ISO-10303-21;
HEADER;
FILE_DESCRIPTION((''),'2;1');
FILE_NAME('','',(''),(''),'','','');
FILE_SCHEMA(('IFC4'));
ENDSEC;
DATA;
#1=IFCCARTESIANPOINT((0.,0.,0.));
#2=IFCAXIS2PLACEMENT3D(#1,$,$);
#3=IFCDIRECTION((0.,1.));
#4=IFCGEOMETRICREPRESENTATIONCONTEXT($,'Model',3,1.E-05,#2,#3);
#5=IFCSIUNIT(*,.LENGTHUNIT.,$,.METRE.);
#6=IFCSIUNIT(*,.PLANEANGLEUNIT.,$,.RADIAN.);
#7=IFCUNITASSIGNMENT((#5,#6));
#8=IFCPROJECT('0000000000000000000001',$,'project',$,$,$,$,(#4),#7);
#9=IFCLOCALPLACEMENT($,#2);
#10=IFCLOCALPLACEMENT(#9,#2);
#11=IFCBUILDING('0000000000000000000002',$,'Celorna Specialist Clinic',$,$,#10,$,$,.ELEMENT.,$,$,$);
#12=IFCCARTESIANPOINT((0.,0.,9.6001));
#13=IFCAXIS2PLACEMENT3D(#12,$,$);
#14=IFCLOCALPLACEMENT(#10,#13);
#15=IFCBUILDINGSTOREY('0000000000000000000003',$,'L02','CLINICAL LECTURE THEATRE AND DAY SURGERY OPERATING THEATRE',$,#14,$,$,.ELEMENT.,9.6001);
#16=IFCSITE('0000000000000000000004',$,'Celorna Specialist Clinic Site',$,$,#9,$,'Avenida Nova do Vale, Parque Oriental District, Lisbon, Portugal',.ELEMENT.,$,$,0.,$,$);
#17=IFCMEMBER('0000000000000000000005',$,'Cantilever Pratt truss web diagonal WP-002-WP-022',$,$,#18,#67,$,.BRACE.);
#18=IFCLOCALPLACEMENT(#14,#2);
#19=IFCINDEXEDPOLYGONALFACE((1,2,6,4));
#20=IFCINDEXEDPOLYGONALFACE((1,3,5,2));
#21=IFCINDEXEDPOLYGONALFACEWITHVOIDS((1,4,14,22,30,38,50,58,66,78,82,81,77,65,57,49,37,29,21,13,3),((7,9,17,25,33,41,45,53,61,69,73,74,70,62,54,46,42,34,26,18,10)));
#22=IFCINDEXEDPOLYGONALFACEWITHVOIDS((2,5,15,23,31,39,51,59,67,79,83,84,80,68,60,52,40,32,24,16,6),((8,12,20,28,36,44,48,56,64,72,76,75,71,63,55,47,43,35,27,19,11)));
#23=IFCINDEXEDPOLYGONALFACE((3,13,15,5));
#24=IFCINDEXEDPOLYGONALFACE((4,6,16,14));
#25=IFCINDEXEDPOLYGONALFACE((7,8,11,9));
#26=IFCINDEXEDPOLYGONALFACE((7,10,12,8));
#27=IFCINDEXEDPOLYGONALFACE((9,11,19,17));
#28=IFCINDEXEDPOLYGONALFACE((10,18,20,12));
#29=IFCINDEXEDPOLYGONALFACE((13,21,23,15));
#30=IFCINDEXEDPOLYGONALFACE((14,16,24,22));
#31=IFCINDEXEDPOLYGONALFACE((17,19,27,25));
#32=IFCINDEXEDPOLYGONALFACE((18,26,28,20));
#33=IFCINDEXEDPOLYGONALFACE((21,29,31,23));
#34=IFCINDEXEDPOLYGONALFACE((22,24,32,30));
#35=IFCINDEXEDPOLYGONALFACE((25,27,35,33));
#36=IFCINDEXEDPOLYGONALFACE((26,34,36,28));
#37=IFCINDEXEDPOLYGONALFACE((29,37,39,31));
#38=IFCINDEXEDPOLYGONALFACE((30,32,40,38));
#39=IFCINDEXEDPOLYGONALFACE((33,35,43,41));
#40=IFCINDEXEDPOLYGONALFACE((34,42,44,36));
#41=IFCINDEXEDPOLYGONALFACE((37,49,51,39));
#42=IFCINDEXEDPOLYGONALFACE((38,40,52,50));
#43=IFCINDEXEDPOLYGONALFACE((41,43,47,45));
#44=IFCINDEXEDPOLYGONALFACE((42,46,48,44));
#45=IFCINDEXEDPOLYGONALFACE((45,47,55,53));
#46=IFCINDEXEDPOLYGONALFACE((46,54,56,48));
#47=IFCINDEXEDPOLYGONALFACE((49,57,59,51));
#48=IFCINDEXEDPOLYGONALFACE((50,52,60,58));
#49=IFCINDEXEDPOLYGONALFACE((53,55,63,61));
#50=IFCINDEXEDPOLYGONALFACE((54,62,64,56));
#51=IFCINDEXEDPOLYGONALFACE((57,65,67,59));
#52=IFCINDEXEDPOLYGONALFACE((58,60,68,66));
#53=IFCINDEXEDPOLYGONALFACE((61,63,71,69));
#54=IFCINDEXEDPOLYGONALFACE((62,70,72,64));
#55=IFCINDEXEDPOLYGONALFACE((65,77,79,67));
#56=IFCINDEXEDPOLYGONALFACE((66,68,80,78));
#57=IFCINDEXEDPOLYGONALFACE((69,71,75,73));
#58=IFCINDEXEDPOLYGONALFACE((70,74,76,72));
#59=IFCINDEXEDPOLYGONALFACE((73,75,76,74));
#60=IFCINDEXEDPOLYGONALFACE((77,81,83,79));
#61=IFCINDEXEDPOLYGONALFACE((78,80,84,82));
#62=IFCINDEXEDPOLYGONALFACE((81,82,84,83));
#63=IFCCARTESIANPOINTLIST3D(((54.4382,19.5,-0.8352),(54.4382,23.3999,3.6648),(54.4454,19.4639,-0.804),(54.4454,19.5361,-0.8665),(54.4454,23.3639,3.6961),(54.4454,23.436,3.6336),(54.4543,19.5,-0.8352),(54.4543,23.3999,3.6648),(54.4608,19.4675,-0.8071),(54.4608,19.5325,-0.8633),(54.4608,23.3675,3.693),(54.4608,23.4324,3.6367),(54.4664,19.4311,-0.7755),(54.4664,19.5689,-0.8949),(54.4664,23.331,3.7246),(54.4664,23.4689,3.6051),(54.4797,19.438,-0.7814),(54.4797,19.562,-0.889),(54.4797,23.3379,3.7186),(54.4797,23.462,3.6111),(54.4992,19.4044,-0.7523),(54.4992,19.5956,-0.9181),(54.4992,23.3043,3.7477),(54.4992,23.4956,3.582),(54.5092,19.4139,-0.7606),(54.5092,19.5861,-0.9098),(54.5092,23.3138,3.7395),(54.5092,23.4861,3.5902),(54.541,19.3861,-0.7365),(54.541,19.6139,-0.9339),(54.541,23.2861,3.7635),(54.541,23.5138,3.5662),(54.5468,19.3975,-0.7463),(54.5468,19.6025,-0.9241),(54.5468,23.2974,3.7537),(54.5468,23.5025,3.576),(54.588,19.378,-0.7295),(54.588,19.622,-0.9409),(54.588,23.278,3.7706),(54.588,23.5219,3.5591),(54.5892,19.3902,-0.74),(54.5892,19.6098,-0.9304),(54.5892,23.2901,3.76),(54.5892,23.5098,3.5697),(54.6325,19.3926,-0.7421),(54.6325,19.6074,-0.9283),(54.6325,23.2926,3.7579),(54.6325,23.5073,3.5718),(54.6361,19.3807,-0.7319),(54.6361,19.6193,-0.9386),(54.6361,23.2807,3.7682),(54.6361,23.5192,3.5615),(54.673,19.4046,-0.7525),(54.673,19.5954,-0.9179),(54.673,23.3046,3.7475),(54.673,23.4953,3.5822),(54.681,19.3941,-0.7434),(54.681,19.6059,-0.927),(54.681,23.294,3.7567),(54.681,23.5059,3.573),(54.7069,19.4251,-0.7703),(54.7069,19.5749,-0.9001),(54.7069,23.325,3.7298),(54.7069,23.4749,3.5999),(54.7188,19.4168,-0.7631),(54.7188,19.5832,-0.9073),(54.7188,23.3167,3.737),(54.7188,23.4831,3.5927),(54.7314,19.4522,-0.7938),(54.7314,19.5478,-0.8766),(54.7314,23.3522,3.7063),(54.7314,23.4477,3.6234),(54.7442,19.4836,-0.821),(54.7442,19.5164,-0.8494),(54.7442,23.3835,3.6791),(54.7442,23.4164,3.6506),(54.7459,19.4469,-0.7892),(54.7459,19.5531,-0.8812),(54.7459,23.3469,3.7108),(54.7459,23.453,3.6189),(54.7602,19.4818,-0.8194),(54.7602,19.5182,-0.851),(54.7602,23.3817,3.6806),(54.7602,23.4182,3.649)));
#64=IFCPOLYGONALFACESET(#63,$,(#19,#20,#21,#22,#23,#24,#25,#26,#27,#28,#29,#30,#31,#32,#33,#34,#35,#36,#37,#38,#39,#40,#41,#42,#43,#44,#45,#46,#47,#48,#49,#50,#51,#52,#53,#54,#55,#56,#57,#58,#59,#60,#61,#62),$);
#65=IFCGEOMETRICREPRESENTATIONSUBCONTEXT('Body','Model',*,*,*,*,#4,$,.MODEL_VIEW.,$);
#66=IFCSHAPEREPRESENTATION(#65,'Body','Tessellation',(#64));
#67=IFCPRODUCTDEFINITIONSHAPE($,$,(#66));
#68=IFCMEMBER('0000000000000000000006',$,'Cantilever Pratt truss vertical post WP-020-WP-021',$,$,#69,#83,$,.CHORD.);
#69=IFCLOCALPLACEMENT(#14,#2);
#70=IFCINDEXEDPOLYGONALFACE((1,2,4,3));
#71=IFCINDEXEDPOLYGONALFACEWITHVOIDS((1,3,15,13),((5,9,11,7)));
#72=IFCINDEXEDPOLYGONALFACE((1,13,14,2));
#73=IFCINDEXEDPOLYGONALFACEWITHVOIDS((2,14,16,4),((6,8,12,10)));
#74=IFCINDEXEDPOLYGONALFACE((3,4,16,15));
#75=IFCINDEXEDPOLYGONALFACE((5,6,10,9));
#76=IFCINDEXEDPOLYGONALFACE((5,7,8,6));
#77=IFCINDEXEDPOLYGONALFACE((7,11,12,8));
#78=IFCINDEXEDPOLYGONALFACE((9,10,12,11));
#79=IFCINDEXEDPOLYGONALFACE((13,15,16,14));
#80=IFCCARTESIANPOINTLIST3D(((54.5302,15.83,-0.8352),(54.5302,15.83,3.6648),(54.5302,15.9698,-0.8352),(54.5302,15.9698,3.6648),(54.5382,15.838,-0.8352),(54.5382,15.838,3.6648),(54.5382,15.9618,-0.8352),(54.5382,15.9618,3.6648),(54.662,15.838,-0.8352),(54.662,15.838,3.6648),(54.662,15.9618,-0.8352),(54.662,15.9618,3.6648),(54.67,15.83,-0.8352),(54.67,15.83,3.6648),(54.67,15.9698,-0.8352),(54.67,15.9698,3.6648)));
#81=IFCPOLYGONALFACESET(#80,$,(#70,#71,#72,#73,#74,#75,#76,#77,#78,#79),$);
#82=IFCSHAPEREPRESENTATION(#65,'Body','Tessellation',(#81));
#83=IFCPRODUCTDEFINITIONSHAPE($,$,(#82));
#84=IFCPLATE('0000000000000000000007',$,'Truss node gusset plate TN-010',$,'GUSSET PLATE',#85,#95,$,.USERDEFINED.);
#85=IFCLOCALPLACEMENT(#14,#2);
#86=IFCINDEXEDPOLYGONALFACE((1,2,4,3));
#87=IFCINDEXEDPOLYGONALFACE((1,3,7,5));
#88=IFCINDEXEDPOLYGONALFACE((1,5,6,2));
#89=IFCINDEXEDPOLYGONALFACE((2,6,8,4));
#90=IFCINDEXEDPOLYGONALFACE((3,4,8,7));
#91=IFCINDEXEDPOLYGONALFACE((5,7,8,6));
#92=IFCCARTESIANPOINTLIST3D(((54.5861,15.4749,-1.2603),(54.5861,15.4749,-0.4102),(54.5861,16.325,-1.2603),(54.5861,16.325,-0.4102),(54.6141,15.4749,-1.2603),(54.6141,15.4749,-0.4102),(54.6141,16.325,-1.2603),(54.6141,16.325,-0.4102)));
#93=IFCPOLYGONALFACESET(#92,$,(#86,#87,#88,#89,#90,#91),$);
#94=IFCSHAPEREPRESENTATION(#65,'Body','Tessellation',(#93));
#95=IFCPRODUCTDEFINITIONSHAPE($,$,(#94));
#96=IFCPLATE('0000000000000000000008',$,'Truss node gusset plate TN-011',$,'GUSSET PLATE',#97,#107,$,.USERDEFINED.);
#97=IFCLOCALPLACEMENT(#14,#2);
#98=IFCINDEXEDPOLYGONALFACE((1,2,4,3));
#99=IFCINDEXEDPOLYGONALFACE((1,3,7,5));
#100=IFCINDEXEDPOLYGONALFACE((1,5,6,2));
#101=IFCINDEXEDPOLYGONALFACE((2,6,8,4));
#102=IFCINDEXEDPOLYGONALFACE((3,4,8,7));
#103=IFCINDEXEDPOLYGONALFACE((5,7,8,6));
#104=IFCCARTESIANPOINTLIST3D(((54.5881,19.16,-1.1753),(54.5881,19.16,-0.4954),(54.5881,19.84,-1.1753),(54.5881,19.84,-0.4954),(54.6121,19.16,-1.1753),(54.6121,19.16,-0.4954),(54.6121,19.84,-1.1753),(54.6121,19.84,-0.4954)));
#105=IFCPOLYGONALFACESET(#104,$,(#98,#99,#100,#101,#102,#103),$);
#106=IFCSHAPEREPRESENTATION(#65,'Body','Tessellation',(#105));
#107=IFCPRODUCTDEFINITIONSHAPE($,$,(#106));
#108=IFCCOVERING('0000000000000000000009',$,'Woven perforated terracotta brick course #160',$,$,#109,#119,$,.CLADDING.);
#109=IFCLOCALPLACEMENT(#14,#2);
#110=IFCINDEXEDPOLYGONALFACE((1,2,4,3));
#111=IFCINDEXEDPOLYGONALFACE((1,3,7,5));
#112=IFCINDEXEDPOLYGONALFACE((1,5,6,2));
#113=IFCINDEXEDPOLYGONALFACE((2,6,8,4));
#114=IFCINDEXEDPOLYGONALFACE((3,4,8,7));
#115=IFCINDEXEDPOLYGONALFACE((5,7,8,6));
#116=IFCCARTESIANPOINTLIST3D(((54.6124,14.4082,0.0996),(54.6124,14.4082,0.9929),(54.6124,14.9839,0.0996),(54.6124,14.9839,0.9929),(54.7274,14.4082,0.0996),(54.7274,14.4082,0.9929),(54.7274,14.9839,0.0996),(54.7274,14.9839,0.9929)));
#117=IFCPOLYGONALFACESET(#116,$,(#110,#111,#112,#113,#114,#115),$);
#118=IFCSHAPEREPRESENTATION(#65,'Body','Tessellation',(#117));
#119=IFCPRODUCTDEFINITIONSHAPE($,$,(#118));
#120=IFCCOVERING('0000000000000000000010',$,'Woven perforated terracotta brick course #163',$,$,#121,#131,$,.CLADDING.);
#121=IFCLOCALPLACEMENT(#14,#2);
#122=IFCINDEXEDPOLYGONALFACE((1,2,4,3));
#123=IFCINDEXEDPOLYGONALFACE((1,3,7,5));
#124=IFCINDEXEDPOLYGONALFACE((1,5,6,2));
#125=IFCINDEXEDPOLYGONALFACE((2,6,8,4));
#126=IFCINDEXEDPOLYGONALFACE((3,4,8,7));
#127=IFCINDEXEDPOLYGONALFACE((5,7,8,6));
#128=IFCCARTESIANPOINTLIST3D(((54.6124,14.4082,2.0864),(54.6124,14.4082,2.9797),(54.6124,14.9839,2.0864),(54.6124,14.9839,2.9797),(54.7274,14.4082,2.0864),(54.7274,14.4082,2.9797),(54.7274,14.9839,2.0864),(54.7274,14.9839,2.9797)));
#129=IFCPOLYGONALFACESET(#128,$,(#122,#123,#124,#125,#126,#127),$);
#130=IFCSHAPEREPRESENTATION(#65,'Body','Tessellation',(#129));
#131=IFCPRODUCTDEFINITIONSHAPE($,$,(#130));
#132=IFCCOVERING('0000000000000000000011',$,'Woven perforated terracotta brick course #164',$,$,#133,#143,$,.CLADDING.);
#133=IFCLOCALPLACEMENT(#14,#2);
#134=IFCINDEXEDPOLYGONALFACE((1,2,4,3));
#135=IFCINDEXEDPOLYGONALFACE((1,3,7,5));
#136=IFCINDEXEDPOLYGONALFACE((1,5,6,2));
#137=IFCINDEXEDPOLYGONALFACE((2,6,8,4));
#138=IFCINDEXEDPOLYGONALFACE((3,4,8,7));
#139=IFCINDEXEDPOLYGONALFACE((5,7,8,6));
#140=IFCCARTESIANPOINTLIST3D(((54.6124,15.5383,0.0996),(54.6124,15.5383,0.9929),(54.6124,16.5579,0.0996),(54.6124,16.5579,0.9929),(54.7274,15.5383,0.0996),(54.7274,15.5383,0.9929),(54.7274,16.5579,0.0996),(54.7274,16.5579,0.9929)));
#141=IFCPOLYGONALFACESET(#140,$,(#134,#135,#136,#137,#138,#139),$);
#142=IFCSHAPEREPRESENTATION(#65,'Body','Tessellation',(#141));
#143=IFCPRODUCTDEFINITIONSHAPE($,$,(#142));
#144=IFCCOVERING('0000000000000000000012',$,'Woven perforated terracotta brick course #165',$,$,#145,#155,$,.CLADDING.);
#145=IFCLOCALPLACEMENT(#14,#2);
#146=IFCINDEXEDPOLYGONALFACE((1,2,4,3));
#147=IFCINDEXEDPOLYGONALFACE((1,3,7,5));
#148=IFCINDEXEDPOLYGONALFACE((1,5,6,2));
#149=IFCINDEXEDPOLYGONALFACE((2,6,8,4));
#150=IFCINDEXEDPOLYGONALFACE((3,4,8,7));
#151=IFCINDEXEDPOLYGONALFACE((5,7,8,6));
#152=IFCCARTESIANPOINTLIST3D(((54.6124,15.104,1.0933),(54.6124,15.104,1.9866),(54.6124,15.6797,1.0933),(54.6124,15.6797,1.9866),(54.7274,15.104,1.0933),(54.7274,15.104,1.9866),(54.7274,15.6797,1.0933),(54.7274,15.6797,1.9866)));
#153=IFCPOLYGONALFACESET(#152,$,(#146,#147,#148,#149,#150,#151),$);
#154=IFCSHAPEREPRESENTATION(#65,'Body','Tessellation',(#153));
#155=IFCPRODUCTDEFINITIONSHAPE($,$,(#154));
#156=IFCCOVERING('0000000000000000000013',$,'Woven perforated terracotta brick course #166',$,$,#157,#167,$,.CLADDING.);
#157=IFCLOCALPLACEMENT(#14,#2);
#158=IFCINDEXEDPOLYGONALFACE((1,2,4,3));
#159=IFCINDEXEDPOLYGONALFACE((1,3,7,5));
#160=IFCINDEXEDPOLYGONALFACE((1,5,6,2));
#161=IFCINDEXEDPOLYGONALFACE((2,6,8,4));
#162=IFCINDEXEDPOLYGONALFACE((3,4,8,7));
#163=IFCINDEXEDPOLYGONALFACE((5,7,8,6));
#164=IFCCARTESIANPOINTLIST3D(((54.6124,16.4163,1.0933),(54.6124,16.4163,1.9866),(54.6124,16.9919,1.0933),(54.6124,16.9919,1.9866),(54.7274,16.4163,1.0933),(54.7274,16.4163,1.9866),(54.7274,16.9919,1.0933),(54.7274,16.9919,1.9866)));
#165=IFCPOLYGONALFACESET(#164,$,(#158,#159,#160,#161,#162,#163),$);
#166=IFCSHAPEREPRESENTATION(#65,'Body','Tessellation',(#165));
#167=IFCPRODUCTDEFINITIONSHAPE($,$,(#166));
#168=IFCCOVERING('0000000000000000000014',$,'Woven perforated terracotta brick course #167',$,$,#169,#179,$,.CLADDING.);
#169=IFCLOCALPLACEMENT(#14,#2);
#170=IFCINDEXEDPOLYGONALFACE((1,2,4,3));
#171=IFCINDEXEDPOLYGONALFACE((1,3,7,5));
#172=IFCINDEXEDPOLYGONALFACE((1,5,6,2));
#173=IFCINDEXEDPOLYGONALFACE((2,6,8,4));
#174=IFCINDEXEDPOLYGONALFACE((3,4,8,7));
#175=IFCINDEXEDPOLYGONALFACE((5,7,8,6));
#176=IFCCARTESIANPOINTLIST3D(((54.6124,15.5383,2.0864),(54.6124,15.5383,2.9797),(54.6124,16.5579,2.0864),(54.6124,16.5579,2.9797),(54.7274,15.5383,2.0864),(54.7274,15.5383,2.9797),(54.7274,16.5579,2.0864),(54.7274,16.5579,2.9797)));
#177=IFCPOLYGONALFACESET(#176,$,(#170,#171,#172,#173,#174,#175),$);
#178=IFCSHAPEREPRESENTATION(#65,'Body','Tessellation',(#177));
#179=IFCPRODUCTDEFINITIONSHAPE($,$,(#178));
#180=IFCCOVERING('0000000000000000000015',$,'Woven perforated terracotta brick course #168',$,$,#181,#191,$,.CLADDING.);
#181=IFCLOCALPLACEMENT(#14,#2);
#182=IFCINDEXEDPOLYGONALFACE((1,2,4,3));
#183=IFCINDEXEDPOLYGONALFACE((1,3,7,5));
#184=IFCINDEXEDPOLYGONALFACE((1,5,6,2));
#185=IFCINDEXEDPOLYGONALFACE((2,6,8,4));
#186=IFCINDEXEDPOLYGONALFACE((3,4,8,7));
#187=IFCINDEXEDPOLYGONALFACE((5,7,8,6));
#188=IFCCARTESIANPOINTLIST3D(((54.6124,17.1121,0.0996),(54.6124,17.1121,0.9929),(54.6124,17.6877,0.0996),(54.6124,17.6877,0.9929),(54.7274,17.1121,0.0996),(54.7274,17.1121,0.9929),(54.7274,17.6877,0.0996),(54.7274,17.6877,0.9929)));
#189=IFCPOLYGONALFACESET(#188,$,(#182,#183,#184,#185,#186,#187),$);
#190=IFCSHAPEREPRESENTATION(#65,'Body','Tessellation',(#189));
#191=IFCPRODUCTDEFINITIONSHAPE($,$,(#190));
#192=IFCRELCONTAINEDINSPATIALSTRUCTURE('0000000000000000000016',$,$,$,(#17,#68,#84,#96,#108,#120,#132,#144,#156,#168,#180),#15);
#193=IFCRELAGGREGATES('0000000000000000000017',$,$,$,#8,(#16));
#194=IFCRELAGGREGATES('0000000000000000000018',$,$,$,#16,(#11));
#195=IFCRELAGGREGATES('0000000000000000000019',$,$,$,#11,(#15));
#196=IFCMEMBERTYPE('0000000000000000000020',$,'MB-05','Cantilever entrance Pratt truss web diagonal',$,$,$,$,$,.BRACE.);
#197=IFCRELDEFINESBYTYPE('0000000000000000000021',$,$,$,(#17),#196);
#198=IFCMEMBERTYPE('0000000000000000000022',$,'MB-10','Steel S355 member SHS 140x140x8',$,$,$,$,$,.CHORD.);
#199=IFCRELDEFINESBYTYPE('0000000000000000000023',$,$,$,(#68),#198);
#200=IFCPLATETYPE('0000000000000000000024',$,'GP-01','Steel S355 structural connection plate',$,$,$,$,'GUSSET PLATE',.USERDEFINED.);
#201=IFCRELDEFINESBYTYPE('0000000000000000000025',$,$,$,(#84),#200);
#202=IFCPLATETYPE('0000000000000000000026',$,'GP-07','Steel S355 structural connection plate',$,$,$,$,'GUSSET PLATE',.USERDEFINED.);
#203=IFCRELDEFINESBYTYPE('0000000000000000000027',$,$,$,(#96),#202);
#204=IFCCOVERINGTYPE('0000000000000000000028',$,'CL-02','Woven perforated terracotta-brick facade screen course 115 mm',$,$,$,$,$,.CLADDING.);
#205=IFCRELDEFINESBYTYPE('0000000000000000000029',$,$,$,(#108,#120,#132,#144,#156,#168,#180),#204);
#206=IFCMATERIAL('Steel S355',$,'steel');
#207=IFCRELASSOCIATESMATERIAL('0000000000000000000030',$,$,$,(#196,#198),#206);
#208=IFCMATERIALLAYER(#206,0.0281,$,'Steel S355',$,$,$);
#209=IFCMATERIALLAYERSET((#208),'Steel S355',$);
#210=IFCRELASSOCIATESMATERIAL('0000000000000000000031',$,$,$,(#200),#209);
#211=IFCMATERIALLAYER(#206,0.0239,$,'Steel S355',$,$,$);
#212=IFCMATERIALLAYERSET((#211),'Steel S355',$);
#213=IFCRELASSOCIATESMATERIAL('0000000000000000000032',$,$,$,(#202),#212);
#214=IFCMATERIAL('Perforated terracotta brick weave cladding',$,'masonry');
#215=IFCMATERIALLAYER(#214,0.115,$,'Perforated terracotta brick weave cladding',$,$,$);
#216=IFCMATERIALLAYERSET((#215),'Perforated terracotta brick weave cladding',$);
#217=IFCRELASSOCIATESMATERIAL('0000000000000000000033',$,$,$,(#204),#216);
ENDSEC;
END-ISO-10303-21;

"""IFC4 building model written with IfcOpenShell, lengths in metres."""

from ifc_helpers import new_model, si_unit, direction, frame, origin, origin_2d, place, context, subcontext, project, spatial, rectangle, hollow_rectangle, hollow_circle, extrude, material, layer, layer_set, material_profile, profile_set, type_object, element, save


model = new_model("IFC4")

# Units and contexts
model_context = context("Model", 3, precision=1e-05, world=origin(), true_north=direction((0.0, 1.0)))
body_context = subcontext(model_context, "Body", "Model", "MODEL_VIEW")
ifc_project = project(units=[si_unit("LENGTHUNIT", "METRE"), si_unit("PLANEANGLEUNIT", "RADIAN")], contexts=[model_context])

# Site, building, storey
site_placement = place(None, origin())
site = spatial("IfcSite", under=ifc_project, at=site_placement, Name="Celorna Specialist Clinic Site", LongName="Avenida Nova do Vale, Parque Oriental District, Lisbon, Portugal", CompositionType="ELEMENT", RefElevation=0.0)
building_placement = place(site_placement, origin())
building = spatial("IfcBuilding", under=site, at=building_placement, Name="Celorna Specialist Clinic", CompositionType="ELEMENT")
storey_placement = place(building_placement, frame((0.0, 0.0, 9.6001)))
storey = spatial("IfcBuildingStorey", under=building, at=storey_placement, Name="L02", Description="CLINICAL LECTURE THEATRE AND DAY SURGERY OPERATING THEATRE", CompositionType="ELEMENT", Elevation=9.6001)

# Shared definitions
ifc_material_1 = material(Name="Steel S355", Category="steel")

# Members
ifc_material_profile_1 = material_profile(ifc_material_1, hollow_circle(Radius=0.1619, WallThickness=0.0161, at=origin_2d()), Name="CHS 323.9x16")
ifc_profile_set_1 = profile_set([ifc_material_profile_1], Name="Steel S355")
member_type_1 = type_object("IfcMemberType", Name="MB-05", Description="Cantilever entrance Pratt truss web diagonal", PredefinedType="BRACE", material=ifc_profile_set_1)
member_1_placement = place(storey_placement, frame((54.6001, 19.5, -0.8352), z_axis=(0.0, 0.654921, 0.755697), x_axis=(-1.0, 0.0, 0.0)))
element("IfcMember", 1, at=member_1_placement, inside=storey, type_object=member_type_1, Name="Cantilever Pratt truss web diagonal WP-002-WP-022", PredefinedType="BRACE", context=body_context, shape_type="SweptSolid", body=[
    extrude(hollow_circle(Radius=0.1619, WallThickness=0.0161, at=origin_2d()), origin(), (0.0, 0.0, 1.0), 5.9548),
])
ifc_material_profile_2 = material_profile(ifc_material_1, hollow_rectangle(XDim=0.1399, YDim=0.1399, WallThickness=0.0081, at=origin_2d()), Name="SHS 140x140x8")
ifc_profile_set_2 = profile_set([ifc_material_profile_2], Name="Steel S355")
member_type_2 = type_object("IfcMemberType", Name="MB-10", Description="Steel S355 member SHS 140x140x8", PredefinedType="CHORD", material=ifc_profile_set_2)
member_2_placement = place(storey_placement, frame((54.6001, 15.8999, -0.8352), z_axis=(0.0, 0.0, 1.0), x_axis=(1.0, 0.0, 0.0)))
element("IfcMember", 2, at=member_2_placement, inside=storey, type_object=member_type_2, Name="Cantilever Pratt truss vertical post WP-020-WP-021", PredefinedType="CHORD", context=body_context, shape_type="SweptSolid", body=[
    extrude(hollow_rectangle(XDim=0.1399, YDim=0.1399, WallThickness=0.0081, at=origin_2d()), origin(), (0.0, 0.0, 1.0), 4.5),
])

# Plates
ifc_layer_1 = layer(ifc_material_1, 0.0281, Name="Steel S355")
ifc_layer_set_1 = layer_set([ifc_layer_1], Name="Steel S355")
plate_type_1 = type_object("IfcPlateType", Name="GP-01", Description="Steel S355 structural connection plate", ElementType="GUSSET PLATE", PredefinedType="USERDEFINED", material=ifc_layer_set_1)
plate_1_placement = place(storey_placement, frame((54.6001, 15.8999, -1.2603), z_axis=(0.0, 0.0, 1.0), x_axis=(0.0, 1.0, 0.0)))
element("IfcPlate", 3, at=plate_1_placement, inside=storey, type_object=plate_type_1, Name="Truss node gusset plate TN-010", ObjectType="GUSSET PLATE", PredefinedType="USERDEFINED", context=body_context, shape_type="SweptSolid", body=[
    extrude(rectangle(XDim=0.8501, YDim=0.0281, at=origin_2d()), origin(), (0.0, 0.0, 1.0), 0.8501),
])
ifc_layer_2 = layer(ifc_material_1, 0.0239, Name="Steel S355")
ifc_layer_set_2 = layer_set([ifc_layer_2], Name="Steel S355")
plate_type_2 = type_object("IfcPlateType", Name="GP-07", Description="Steel S355 structural connection plate", ElementType="GUSSET PLATE", PredefinedType="USERDEFINED", material=ifc_layer_set_2)
plate_2_placement = place(storey_placement, frame((54.6001, 19.5, -1.1753), z_axis=(0.0, 0.0, 1.0), x_axis=(0.0, 1.0, 0.0)))
element("IfcPlate", 4, at=plate_2_placement, inside=storey, type_object=plate_type_2, Name="Truss node gusset plate TN-011", ObjectType="GUSSET PLATE", PredefinedType="USERDEFINED", context=body_context, shape_type="SweptSolid", body=[
    extrude(rectangle(XDim=0.6799, YDim=0.0239, at=origin_2d()), origin(), (0.0, 0.0, 1.0), 0.6799),
])

# Coverings
ifc_material_2 = material(Name="Perforated terracotta brick weave cladding", Category="masonry")
ifc_layer_3 = layer(ifc_material_2, 0.115, Name="Perforated terracotta brick weave cladding")
ifc_layer_set_3 = layer_set([ifc_layer_3], Name="Perforated terracotta brick weave cladding")
covering_type = type_object("IfcCoveringType", Name="CL-02", Description="Woven perforated terracotta-brick facade screen course 115 mm", PredefinedType="CLADDING", material=ifc_layer_set_3)
for number, where, z_axis, x_axis, name in (
    (5, (54.6699, 14.696, 0.0996), (0.0, 0.0, 1.0), (0.0, 1.0, 0.0), "Woven perforated terracotta brick course #160"),
    (6, (54.6699, 14.696, 2.0864), (0.0, 0.0, 1.0), (0.0, 1.0, 0.0), "Woven perforated terracotta brick course #163"),
):
    element("IfcCovering", number, at=place(storey_placement, frame(where, z_axis=z_axis, x_axis=x_axis)), inside=storey, type_object=covering_type, Name=name, PredefinedType="CLADDING", context=body_context, shape_type="SweptSolid", body=[
        extrude(rectangle(XDim=0.5757, YDim=0.115, at=origin_2d()), origin(), (0.0, 0.0, 1.0), 0.8933),
    ])
covering_1_placement = place(storey_placement, frame((54.6699, 16.0481, 0.0996), z_axis=(0.0, 0.0, 1.0), x_axis=(0.0, 1.0, 0.0)))
element("IfcCovering", 7, at=covering_1_placement, inside=storey, type_object=covering_type, Name="Woven perforated terracotta brick course #164", PredefinedType="CLADDING", context=body_context, shape_type="SweptSolid", body=[
    extrude(rectangle(XDim=1.0195, YDim=0.115, at=origin_2d()), origin(), (0.0, 0.0, 1.0), 0.8933),
])
for number, where, z_axis, x_axis, name in (
    (8, (54.6699, 15.3918, 1.0933), (0.0, 0.0, 1.0), (0.0, 1.0, 0.0), "Woven perforated terracotta brick course #165"),
    (9, (54.6699, 16.7041, 1.0933), (0.0, 0.0, 1.0), (0.0, 1.0, 0.0), "Woven perforated terracotta brick course #166"),
):
    element("IfcCovering", number, at=place(storey_placement, frame(where, z_axis=z_axis, x_axis=x_axis)), inside=storey, type_object=covering_type, Name=name, PredefinedType="CLADDING", context=body_context, shape_type="SweptSolid", body=[
        extrude(rectangle(XDim=0.5757, YDim=0.115, at=origin_2d()), origin(), (0.0, 0.0, 1.0), 0.8933),
    ])
covering_2_placement = place(storey_placement, frame((54.6699, 16.0481, 2.0864), z_axis=(0.0, 0.0, 1.0), x_axis=(0.0, 1.0, 0.0)))
element("IfcCovering", 10, at=covering_2_placement, inside=storey, type_object=covering_type, Name="Woven perforated terracotta brick course #167", PredefinedType="CLADDING", context=body_context, shape_type="SweptSolid", body=[
    extrude(rectangle(XDim=1.0195, YDim=0.115, at=origin_2d()), origin(), (0.0, 0.0, 1.0), 0.8933),
])
for number, where, z_axis, x_axis, name in (
    (11, (54.6699, 17.3999, 0.0996), (0.0, 0.0, 1.0), (0.0, 1.0, 0.0), "Woven perforated terracotta brick course #168"),
):
    element("IfcCovering", number, at=place(storey_placement, frame(where, z_axis=z_axis, x_axis=x_axis)), inside=storey, type_object=covering_type, Name=name, PredefinedType="CLADDING", context=body_context, shape_type="SweptSolid", body=[
        extrude(rectangle(XDim=0.5757, YDim=0.115, at=origin_2d()), origin(), (0.0, 0.0, 1.0), 0.8933),
    ])

save(model, "model.ifc")
